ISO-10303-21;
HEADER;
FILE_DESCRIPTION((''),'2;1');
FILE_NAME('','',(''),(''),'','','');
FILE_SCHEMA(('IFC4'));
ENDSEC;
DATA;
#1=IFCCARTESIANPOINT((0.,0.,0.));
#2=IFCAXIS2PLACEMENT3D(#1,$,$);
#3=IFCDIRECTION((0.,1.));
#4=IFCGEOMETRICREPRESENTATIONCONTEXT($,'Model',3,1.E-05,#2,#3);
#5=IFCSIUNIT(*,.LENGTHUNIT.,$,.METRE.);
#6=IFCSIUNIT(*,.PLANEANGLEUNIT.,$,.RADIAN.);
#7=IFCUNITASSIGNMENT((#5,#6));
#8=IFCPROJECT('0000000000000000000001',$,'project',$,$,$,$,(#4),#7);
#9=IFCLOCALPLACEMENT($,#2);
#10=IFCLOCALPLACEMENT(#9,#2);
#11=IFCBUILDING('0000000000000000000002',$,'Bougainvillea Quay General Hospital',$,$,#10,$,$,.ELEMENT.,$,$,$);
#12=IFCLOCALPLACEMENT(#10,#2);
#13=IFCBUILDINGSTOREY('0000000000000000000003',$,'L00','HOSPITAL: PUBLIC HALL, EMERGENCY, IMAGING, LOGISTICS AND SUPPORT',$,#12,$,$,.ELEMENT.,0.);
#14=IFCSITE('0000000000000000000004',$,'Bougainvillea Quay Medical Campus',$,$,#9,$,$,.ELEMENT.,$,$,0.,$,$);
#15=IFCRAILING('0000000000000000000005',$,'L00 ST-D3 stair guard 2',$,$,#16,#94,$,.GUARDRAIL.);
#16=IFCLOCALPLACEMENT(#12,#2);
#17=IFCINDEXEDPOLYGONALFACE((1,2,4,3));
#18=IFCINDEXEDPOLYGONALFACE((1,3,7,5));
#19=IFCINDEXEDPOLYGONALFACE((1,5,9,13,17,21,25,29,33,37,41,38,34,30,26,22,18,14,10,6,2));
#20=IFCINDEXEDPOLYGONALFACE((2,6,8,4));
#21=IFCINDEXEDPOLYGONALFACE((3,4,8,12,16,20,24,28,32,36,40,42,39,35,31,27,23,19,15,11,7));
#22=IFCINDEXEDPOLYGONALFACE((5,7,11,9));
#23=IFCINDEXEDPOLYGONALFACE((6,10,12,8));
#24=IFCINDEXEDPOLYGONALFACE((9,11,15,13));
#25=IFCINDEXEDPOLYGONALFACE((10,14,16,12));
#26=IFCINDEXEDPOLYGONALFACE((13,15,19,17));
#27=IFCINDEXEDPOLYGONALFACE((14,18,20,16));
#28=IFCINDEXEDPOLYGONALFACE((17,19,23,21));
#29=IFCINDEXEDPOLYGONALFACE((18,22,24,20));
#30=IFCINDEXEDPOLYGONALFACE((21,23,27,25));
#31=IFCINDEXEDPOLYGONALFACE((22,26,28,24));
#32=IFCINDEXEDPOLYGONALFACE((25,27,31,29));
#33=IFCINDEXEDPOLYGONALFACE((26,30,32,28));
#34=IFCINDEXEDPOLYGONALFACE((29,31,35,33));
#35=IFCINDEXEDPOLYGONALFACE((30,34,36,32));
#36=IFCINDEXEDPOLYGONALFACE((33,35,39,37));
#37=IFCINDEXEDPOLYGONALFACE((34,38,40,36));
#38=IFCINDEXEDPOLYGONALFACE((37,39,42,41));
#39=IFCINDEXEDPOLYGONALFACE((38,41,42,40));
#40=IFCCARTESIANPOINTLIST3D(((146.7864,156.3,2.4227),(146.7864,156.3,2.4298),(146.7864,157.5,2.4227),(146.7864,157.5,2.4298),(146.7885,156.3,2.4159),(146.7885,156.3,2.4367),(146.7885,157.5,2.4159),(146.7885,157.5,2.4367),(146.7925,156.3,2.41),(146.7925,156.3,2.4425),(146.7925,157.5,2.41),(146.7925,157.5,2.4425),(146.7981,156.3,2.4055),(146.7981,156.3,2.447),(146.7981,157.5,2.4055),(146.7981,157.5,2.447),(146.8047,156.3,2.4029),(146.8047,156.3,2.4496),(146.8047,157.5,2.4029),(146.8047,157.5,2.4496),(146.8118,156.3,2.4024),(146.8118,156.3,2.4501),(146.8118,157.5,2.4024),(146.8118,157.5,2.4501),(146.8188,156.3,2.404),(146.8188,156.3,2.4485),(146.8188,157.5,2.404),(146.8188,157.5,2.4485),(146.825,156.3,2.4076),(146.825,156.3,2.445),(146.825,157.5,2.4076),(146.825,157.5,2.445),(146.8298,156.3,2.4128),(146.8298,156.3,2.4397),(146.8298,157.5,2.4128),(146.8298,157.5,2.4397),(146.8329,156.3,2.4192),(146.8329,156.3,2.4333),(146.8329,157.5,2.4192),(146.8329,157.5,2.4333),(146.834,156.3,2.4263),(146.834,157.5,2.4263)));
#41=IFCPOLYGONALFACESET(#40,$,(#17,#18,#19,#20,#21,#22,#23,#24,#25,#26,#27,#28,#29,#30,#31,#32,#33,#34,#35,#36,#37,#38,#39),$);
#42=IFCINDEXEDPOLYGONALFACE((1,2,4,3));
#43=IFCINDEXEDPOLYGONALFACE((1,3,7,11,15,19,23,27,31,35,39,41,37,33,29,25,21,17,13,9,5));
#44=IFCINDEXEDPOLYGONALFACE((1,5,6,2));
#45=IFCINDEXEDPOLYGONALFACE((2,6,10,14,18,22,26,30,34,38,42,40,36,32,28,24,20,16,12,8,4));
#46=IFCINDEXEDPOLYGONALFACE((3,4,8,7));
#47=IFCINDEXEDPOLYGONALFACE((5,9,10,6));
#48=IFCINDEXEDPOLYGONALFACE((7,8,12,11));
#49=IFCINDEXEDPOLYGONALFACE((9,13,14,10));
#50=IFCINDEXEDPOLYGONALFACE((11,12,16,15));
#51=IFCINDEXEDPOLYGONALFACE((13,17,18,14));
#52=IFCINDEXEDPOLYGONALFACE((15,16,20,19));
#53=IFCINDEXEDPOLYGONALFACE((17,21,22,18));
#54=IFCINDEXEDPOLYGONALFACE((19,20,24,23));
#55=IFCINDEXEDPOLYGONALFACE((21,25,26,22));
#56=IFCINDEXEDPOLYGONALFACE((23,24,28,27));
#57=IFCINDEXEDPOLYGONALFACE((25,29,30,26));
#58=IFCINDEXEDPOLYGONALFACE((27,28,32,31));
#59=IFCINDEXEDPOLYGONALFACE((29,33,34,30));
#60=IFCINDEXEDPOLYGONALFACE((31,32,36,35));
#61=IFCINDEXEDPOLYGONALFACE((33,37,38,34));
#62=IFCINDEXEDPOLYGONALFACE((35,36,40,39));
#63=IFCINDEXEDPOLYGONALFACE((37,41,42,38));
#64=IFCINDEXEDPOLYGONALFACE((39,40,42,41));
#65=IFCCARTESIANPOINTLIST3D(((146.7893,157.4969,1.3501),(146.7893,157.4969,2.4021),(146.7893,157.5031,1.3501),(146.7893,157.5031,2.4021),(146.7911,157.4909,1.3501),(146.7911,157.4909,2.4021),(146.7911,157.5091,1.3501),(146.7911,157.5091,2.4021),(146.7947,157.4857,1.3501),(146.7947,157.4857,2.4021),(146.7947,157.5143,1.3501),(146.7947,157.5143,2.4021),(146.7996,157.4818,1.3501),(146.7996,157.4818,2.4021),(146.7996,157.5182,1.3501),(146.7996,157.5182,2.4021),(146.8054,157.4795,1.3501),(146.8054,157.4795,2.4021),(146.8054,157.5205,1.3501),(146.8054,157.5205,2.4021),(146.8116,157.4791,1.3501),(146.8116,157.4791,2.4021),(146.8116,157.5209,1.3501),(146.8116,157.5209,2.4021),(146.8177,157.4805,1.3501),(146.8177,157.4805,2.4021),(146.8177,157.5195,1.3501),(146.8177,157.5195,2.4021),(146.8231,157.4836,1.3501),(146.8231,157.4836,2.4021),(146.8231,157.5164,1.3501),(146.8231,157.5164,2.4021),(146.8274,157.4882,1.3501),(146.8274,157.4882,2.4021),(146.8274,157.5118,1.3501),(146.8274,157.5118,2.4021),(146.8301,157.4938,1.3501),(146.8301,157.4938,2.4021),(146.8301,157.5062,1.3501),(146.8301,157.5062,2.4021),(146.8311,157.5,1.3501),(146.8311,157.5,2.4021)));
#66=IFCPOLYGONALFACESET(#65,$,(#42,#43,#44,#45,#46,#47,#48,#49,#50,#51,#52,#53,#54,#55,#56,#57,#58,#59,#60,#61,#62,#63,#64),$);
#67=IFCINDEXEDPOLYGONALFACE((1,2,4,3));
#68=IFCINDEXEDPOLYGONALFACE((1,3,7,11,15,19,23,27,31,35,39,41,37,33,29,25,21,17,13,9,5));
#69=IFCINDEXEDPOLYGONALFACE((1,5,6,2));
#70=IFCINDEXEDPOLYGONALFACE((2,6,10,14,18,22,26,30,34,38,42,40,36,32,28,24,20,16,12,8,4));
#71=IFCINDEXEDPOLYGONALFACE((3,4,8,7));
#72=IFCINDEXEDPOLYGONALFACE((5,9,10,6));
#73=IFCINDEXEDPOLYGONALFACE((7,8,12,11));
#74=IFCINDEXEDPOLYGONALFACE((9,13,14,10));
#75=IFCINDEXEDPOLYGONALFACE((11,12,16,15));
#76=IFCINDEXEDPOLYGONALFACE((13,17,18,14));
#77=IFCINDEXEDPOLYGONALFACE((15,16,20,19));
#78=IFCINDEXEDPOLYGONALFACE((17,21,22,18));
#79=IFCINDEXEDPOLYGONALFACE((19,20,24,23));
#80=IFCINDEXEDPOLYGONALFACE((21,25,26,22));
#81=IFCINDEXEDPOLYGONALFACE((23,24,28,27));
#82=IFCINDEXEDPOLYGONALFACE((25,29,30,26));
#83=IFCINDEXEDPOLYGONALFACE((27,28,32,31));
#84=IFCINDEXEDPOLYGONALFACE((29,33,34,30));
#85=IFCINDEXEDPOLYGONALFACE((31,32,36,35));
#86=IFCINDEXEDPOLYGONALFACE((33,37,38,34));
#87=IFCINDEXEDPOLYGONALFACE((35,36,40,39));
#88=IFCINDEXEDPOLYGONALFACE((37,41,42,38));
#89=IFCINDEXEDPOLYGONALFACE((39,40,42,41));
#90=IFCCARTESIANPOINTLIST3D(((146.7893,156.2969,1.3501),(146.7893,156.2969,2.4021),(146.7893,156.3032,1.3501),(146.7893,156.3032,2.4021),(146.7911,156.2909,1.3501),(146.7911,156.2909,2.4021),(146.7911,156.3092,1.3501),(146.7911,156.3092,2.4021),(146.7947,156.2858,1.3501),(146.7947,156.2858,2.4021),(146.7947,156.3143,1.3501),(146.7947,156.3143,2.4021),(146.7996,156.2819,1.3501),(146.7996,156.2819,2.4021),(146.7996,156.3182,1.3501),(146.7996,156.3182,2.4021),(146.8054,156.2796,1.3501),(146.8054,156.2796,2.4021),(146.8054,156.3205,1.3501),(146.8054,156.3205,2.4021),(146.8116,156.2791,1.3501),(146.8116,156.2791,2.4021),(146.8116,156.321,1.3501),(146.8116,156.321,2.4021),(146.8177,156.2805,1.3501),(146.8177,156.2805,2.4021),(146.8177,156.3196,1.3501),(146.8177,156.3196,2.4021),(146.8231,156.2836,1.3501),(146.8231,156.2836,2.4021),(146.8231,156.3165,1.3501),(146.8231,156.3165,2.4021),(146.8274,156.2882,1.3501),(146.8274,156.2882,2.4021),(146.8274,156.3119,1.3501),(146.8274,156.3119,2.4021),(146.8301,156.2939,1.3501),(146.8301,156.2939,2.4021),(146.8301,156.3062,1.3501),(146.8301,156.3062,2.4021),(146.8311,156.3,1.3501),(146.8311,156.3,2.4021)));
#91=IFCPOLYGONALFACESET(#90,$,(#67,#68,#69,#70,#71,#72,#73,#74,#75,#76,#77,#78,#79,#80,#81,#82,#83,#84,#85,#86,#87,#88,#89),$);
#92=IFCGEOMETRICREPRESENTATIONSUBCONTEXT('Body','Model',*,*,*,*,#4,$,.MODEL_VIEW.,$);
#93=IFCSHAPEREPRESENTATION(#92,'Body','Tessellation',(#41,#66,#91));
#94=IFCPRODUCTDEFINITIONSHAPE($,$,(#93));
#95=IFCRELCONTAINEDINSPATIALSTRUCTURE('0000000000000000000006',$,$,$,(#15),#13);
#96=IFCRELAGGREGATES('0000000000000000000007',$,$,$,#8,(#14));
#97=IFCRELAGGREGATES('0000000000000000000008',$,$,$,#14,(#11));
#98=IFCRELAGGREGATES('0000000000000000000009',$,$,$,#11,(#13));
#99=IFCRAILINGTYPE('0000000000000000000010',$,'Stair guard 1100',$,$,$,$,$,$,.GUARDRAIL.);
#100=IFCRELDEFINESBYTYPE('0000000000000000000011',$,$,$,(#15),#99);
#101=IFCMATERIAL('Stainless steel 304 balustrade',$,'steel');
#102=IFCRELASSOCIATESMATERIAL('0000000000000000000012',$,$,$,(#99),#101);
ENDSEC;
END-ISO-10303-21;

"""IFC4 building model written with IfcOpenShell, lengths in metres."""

from ifc_helpers import new_model, si_unit, direction, frame, origin, origin_2d, place, context, subcontext, project, spatial, circle, extrude, material, type_object, element, save


model = new_model("IFC4")

# Units and contexts
model_context = context("Model", 3, precision=1e-05, world=origin(), true_north=direction((0.0, 1.0)))
body_context = subcontext(model_context, "Body", "Model", "MODEL_VIEW")
ifc_project = project(units=[si_unit("LENGTHUNIT", "METRE"), si_unit("PLANEANGLEUNIT", "RADIAN")], contexts=[model_context])

# Site, building, storey
site_placement = place(None, origin())
site = spatial("IfcSite", under=ifc_project, at=site_placement, Name="Bougainvillea Quay Medical Campus", CompositionType="ELEMENT", RefElevation=0.0)
building_placement = place(site_placement, origin())
building = spatial("IfcBuilding", under=site, at=building_placement, Name="Bougainvillea Quay General Hospital", CompositionType="ELEMENT")
storey_placement = place(building_placement, origin())
storey = spatial("IfcBuildingStorey", under=building, at=storey_placement, Name="L00", Description="HOSPITAL: PUBLIC HALL, EMERGENCY, IMAGING, LOGISTICS AND SUPPORT", CompositionType="ELEMENT", Elevation=0.0)

# Railing
ifc_material_1 = material(Name="Stainless steel 304 balustrade", Category="steel")
railing_type_1 = type_object("IfcRailingType", Name="Stair guard 1100", PredefinedType="GUARDRAIL", material=ifc_material_1)
railing_1_placement = place(storey_placement, frame((146.8101, 157.5, 1.3501)))
element("IfcRailing", 1, at=railing_1_placement, inside=storey, type_object=railing_type_1, Name="L00 ST-D3 stair guard 2", PredefinedType="GUARDRAIL", context=body_context, shape_type="SweptSolid", body=[
    extrude(circle(Radius=0.0239, at=origin_2d()), frame((0.0, 0.0, 1.0762), z_axis=(0.0, -1.0, 0.0), x_axis=(1.0, 0.0, 0.0)), (0.0, 0.0, 1.0), 1.2),
    extrude(circle(Radius=0.021, at=origin_2d()), origin(), (0.0, 0.0, 1.0), 1.052),
    extrude(circle(Radius=0.021, at=origin_2d()), frame((0.0, -1.2, 0.0)), (0.0, 0.0, 1.0), 1.052),
])

save(model, "model.ifc")
